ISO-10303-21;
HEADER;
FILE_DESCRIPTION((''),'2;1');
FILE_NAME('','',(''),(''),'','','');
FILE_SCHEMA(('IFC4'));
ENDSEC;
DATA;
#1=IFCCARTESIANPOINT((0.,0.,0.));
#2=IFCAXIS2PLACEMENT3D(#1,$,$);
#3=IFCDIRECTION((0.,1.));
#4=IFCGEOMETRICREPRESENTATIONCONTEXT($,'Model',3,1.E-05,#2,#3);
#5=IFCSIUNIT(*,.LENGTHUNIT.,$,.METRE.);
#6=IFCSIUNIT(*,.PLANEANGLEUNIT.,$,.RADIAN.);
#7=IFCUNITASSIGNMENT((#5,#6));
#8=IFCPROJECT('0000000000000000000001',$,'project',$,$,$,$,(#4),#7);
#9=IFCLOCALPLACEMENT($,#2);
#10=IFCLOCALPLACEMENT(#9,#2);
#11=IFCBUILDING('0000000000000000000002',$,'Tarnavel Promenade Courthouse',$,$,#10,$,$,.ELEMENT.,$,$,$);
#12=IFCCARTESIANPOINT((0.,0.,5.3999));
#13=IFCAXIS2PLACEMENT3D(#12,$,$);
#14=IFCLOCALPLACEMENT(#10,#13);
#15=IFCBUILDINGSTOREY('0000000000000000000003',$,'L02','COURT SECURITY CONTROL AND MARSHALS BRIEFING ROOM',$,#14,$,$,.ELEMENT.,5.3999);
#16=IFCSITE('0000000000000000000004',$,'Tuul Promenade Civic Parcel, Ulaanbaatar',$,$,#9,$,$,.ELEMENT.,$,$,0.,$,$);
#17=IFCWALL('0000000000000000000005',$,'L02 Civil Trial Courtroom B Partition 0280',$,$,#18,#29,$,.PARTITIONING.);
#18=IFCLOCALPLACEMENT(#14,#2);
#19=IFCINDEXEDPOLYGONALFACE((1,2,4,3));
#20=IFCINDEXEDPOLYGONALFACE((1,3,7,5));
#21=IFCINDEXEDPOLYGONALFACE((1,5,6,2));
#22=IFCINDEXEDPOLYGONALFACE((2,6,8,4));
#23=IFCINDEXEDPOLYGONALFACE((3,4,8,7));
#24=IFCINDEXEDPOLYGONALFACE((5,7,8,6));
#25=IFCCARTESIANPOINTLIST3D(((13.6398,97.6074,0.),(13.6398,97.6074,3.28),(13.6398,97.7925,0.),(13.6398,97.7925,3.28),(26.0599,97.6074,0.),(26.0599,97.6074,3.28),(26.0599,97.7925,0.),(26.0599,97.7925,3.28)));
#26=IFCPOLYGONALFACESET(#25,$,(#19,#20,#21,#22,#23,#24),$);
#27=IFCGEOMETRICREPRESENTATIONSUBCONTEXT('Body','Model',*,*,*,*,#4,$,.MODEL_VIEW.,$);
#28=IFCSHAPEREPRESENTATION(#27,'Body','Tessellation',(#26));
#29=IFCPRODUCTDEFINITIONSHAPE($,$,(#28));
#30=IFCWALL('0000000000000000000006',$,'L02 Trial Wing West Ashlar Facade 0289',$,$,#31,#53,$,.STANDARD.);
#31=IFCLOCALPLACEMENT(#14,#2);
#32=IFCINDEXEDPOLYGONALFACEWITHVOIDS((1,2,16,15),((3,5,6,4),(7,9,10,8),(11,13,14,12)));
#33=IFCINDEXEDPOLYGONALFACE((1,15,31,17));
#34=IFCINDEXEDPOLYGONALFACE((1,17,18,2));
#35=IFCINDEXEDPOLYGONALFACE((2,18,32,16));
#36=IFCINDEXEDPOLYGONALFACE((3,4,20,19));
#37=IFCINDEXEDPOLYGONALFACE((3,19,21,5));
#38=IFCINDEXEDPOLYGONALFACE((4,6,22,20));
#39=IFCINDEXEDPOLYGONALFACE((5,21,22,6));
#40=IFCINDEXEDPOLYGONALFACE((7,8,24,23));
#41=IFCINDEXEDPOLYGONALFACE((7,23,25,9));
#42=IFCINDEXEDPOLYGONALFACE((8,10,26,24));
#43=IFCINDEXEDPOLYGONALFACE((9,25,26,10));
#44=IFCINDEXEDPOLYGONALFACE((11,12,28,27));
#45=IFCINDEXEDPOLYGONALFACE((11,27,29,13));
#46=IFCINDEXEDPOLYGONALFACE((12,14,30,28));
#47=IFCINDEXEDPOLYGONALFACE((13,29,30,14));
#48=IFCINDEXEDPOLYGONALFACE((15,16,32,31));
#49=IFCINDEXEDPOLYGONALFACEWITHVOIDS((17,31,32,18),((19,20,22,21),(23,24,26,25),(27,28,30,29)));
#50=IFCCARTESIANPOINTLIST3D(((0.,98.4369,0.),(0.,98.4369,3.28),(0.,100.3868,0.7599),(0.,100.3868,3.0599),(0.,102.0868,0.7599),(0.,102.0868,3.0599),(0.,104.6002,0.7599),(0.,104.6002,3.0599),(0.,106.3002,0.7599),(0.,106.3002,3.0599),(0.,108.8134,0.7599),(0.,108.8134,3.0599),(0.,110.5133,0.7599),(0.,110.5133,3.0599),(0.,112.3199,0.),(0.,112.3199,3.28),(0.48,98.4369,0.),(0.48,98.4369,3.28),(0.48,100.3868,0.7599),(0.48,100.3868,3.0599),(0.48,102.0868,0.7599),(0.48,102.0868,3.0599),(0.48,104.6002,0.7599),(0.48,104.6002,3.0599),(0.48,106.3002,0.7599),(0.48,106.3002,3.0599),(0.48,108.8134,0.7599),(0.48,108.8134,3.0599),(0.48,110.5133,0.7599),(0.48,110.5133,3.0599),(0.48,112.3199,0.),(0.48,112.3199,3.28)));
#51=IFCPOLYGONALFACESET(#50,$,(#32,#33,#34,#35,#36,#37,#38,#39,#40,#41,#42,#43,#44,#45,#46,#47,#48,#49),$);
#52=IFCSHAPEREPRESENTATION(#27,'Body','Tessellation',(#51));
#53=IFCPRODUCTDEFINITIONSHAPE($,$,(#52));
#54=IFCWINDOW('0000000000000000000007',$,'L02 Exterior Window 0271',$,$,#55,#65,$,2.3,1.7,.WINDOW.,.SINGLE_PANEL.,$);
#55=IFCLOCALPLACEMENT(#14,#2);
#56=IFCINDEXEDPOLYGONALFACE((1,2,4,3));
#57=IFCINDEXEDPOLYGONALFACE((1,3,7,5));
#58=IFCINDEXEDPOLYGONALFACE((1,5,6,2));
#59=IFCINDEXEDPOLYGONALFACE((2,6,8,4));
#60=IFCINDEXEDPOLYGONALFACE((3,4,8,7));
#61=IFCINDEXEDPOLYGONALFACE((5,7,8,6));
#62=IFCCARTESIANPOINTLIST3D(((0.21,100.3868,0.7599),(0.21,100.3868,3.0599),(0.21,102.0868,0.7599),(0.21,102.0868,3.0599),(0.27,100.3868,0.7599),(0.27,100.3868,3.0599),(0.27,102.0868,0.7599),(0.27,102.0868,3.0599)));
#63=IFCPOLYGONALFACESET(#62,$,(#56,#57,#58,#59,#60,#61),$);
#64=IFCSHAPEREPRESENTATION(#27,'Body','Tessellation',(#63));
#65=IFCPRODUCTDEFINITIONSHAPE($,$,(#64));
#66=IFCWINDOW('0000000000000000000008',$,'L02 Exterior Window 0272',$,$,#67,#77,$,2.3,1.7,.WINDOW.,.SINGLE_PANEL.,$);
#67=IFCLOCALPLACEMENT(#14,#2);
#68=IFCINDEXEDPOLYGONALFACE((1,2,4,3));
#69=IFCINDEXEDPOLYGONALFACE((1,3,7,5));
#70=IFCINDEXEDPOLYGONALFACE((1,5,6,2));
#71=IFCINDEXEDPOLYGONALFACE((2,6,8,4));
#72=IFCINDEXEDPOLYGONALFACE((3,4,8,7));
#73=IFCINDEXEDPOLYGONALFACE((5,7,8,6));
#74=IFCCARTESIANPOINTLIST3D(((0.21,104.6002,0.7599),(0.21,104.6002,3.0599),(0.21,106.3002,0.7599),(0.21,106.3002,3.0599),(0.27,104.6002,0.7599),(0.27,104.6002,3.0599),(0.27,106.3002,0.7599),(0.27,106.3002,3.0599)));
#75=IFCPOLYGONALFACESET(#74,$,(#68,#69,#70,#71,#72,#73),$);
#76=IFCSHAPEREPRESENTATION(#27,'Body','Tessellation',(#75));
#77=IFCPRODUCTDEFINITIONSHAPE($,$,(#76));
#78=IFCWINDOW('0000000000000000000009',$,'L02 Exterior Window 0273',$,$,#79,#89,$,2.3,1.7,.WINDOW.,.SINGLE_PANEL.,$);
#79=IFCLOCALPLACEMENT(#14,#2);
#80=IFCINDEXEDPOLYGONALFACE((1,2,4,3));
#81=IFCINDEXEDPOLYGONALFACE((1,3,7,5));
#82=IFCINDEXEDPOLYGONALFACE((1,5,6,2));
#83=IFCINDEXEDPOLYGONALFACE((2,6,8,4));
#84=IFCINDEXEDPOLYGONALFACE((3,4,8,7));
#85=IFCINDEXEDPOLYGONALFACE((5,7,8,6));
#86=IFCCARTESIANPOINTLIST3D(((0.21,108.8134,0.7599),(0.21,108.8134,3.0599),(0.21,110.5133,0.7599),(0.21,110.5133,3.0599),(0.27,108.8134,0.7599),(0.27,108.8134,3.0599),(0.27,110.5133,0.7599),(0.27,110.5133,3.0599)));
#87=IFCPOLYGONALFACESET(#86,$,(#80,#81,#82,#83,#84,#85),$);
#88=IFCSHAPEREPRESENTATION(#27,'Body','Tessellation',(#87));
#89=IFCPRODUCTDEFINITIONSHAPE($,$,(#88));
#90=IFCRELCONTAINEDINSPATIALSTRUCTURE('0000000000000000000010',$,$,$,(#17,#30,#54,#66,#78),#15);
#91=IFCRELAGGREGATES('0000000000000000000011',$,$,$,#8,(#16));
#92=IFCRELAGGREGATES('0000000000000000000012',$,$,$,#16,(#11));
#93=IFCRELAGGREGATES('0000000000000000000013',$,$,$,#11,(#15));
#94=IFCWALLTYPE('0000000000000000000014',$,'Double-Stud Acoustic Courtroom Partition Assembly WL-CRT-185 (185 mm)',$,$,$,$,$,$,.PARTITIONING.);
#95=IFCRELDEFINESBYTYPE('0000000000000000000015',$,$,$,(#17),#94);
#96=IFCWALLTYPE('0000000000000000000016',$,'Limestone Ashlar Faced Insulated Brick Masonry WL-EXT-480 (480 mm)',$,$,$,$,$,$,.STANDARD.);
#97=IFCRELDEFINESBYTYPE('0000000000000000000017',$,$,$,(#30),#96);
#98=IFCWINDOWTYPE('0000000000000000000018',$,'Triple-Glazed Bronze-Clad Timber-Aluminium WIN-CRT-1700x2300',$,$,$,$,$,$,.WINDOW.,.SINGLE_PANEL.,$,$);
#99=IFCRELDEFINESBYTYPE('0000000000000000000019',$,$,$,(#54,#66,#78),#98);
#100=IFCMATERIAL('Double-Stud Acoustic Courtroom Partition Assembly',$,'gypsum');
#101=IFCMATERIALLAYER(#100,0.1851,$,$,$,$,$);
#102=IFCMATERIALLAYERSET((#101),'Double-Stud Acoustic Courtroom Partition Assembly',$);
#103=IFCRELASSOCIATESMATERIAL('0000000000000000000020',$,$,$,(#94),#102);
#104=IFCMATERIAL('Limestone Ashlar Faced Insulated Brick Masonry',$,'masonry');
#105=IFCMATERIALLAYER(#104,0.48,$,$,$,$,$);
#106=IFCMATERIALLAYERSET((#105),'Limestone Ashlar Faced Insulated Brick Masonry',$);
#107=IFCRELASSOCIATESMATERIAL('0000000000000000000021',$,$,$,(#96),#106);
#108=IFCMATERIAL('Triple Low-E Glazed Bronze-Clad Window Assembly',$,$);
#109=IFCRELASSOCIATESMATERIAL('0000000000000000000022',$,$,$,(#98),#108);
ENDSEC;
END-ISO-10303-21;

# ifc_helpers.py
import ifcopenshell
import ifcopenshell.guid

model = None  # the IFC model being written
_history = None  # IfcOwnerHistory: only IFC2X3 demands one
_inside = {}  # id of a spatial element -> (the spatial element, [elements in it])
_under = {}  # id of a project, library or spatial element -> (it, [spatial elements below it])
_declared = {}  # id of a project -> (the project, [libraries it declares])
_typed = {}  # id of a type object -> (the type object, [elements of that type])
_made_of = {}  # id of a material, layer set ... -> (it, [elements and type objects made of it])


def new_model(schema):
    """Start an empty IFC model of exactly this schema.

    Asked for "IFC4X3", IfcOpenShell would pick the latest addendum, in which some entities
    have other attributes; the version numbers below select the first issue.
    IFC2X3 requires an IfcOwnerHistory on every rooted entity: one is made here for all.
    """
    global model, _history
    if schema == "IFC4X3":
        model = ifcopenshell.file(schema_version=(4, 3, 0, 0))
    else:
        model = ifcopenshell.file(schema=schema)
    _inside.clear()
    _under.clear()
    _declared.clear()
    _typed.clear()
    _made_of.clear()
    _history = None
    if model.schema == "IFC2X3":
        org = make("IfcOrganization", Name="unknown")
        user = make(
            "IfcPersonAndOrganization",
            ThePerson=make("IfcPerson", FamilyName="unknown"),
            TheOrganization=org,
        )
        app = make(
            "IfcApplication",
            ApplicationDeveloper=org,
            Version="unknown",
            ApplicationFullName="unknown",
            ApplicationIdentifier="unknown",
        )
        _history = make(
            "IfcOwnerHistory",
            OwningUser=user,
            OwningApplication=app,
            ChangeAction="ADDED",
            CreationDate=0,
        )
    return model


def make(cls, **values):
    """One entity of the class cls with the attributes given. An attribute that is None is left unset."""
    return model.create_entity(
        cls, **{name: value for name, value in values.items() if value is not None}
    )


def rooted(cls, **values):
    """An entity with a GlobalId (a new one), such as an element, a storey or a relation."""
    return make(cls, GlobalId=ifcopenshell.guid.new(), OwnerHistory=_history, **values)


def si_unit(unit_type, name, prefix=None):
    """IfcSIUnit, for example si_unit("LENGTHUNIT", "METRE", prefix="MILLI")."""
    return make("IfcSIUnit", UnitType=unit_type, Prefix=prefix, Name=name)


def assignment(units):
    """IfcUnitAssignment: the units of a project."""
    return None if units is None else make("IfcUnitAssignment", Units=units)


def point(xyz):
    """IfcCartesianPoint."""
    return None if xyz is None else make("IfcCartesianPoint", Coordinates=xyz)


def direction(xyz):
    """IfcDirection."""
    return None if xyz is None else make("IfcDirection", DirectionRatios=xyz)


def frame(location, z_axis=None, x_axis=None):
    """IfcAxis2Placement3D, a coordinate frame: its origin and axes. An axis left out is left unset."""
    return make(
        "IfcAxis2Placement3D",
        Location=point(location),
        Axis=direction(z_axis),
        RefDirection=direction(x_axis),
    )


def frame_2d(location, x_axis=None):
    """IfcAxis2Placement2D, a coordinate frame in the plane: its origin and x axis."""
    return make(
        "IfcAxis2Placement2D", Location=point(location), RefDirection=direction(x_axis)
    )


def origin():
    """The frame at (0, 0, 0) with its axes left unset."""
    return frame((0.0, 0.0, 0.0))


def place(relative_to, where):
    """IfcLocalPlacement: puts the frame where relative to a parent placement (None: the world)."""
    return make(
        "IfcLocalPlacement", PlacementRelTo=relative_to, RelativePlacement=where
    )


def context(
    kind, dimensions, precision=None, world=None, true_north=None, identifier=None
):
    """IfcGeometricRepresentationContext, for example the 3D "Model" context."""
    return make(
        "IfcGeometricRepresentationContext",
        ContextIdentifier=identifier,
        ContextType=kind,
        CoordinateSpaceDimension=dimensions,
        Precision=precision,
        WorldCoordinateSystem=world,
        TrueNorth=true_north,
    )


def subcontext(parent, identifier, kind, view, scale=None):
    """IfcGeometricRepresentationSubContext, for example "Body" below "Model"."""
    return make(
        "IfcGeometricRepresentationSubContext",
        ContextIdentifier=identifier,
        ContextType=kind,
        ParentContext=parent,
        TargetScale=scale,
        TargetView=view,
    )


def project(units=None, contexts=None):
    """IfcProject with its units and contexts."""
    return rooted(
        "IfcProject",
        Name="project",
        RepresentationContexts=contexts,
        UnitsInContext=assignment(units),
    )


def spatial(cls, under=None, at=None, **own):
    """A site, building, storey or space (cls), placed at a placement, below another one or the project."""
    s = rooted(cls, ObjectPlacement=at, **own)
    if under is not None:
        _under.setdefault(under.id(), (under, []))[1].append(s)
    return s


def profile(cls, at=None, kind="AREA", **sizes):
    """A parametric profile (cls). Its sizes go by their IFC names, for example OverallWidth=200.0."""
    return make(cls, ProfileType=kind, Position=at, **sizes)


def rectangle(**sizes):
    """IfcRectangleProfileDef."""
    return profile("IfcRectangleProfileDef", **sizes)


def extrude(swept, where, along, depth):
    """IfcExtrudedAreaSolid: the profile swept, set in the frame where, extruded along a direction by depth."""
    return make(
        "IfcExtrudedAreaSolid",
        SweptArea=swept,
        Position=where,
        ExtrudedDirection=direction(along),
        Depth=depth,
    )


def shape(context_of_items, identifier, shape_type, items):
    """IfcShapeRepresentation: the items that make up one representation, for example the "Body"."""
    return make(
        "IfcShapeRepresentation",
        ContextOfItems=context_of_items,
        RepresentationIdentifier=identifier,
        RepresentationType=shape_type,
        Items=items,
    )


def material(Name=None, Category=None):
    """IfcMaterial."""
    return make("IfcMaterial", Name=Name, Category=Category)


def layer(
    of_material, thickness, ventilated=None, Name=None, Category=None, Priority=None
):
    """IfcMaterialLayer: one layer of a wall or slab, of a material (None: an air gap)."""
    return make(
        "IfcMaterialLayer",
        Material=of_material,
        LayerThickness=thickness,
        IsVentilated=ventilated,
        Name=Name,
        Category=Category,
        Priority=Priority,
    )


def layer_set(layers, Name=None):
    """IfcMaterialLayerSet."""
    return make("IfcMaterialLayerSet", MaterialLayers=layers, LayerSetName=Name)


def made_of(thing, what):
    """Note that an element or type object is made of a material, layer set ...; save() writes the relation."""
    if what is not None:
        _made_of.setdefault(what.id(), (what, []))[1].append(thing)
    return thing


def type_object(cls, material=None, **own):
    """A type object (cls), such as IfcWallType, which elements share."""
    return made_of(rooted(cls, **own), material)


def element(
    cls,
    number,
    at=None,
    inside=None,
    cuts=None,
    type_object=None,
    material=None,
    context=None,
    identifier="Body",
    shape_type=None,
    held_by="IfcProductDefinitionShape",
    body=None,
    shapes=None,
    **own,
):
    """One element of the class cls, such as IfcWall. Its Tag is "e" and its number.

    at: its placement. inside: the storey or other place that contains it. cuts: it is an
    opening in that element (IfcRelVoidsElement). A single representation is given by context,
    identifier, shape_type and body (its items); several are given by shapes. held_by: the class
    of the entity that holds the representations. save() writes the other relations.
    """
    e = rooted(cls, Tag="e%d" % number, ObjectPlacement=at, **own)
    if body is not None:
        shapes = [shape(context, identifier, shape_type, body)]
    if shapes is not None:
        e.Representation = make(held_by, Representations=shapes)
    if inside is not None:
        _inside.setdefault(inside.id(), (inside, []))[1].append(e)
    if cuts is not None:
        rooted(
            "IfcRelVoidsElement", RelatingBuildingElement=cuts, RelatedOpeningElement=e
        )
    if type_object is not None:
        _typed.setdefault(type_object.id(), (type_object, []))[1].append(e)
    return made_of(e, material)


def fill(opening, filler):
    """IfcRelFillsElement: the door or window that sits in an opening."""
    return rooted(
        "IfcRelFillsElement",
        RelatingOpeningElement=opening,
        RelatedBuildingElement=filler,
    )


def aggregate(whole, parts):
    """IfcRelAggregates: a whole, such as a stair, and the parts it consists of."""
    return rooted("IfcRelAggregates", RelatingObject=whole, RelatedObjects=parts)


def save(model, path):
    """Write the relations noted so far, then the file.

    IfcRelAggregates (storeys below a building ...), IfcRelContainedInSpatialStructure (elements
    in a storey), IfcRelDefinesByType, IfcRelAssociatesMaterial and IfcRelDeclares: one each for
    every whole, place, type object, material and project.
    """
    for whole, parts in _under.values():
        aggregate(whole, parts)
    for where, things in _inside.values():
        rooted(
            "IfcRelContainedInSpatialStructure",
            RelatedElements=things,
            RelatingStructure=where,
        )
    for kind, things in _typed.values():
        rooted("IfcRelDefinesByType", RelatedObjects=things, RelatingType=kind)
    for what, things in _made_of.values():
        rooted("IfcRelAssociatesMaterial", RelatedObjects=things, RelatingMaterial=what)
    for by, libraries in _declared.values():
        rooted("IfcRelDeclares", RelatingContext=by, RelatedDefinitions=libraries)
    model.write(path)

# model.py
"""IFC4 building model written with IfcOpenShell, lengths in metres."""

from ifc_helpers import new_model, si_unit, direction, frame, frame_2d, origin, place, context, subcontext, project, spatial, rectangle, extrude, material, layer, layer_set, type_object, element, fill, save


model = new_model("IFC4")

# Units and contexts
model_context = context("Model", 3, precision=1e-05, world=origin(), true_north=direction((0.0, 1.0)))
body_context = subcontext(model_context, "Body", "Model", "MODEL_VIEW")
ifc_project = project(units=[si_unit("LENGTHUNIT", "METRE"), si_unit("PLANEANGLEUNIT", "RADIAN")], contexts=[model_context])

# Site, building, storey
site_placement = place(None, origin())
site = spatial("IfcSite", under=ifc_project, at=site_placement, Name="Tuul Promenade Civic Parcel, Ulaanbaatar", CompositionType="ELEMENT", RefElevation=0.0)
building_placement = place(site_placement, origin())
building = spatial("IfcBuilding", under=site, at=building_placement, Name="Tarnavel Promenade Courthouse", CompositionType="ELEMENT")
storey_placement = place(building_placement, frame((0.0, 0.0, 5.3999)))
storey = spatial("IfcBuildingStorey", under=building, at=storey_placement, Name="L02", Description="COURT SECURITY CONTROL AND MARSHALS BRIEFING ROOM", CompositionType="ELEMENT", Elevation=5.3999)

# Wall
ifc_material_1 = material(Name="Double-Stud Acoustic Courtroom Partition Assembly", Category="gypsum")
ifc_layer_1 = layer(ifc_material_1, 0.1851)
ifc_layer_set_1 = layer_set([ifc_layer_1], Name="Double-Stud Acoustic Courtroom Partition Assembly")
wall_type_1 = type_object("IfcWallType", Name="Double-Stud Acoustic Courtroom Partition Assembly WL-CRT-185 (185 mm)", PredefinedType="PARTITIONING", material=ifc_layer_set_1)
wall_1_placement = place(storey_placement, frame((13.6399, 97.7, 0.0), z_axis=(0.0, 0.0, 1.0), x_axis=(1.0, 0.0, 0.0)))
element("IfcWall", 1, at=wall_1_placement, inside=storey, type_object=wall_type_1, Name="L02 Civil Trial Courtroom B Partition 0280", PredefinedType="PARTITIONING", context=body_context, shape_type="SweptSolid", body=[
    extrude(rectangle(XDim=12.4202, YDim=0.1851, at=frame_2d((6.21, 0.0))), origin(), (0.0, 0.0, 1.0), 3.28),
])

# Wall, openings, windows
ifc_material_2 = material(Name="Limestone Ashlar Faced Insulated Brick Masonry", Category="masonry")
ifc_layer_2 = layer(ifc_material_2, 0.48)
ifc_layer_set_2 = layer_set([ifc_layer_2], Name="Limestone Ashlar Faced Insulated Brick Masonry")
wall_type_2 = type_object("IfcWallType", Name="Limestone Ashlar Faced Insulated Brick Masonry WL-EXT-480 (480 mm)", PredefinedType="STANDARD", material=ifc_layer_set_2)
wall_2_placement = place(storey_placement, frame((0.24, 98.437, 0.0), z_axis=(0.0, 0.0, 1.0), x_axis=(0.0, 1.0, 0.0)))
wall_2 = element("IfcWall", 2, at=wall_2_placement, inside=storey, type_object=wall_type_2, Name="L02 Trial Wing West Ashlar Facade 0289", PredefinedType="STANDARD", context=body_context, shape_type="SweptSolid", body=[
    extrude(rectangle(XDim=13.8831, YDim=0.48, at=frame_2d((6.9414, 0.0))), origin(), (0.0, 0.0, 1.0), 3.28),
])
opening_1_placement = place(wall_2_placement, frame((1.9497, 0.0, 0.76)))
opening_1 = element("IfcOpeningElement", 3, at=opening_1_placement, cuts=wall_2, PredefinedType="OPENING", context=body_context, shape_type="SweptSolid", body=[
    extrude(rectangle(XDim=1.7, YDim=2.3, at=frame_2d((0.8501, 1.1499))), frame((0.0, 0.25, 0.0), z_axis=(0.0, -1.0, 0.0), x_axis=(1.0, 0.0, 0.0)), (0.0, 0.0, 1.0), 0.5),
])
opening_2_placement = place(wall_2_placement, frame((6.1631, 0.0, 0.76)))
opening_2 = element("IfcOpeningElement", 4, at=opening_2_placement, cuts=wall_2, PredefinedType="OPENING", context=body_context, shape_type="SweptSolid", body=[
    extrude(rectangle(XDim=1.7, YDim=2.3, at=frame_2d((0.8501, 1.1499))), frame((0.0, 0.25, 0.0), z_axis=(0.0, -1.0, 0.0), x_axis=(1.0, 0.0, 0.0)), (0.0, 0.0, 1.0), 0.5),
])
opening_3_placement = place(wall_2_placement, frame((10.3762, 0.0, 0.76)))
opening_3 = element("IfcOpeningElement", 5, at=opening_3_placement, cuts=wall_2, PredefinedType="OPENING", context=body_context, shape_type="SweptSolid", body=[
    extrude(rectangle(XDim=1.7, YDim=2.3, at=frame_2d((0.8501, 1.1499))), frame((0.0, 0.25, 0.0), z_axis=(0.0, -1.0, 0.0), x_axis=(1.0, 0.0, 0.0)), (0.0, 0.0, 1.0), 0.5),
])
ifc_material_3 = material(Name="Triple Low-E Glazed Bronze-Clad Window Assembly")
window_type = type_object("IfcWindowType", Name="Triple-Glazed Bronze-Clad Timber-Aluminium WIN-CRT-1700x2300", PartitioningType="SINGLE_PANEL", PredefinedType="WINDOW", material=ifc_material_3)
window_1_placement = place(opening_1_placement, origin())
window_1 = element("IfcWindow", 6, at=window_1_placement, inside=storey, type_object=window_type, Name="L02 Exterior Window 0271", OverallHeight=2.3, OverallWidth=1.7, PartitioningType="SINGLE_PANEL", PredefinedType="WINDOW", context=body_context, shape_type="SweptSolid", body=[
    extrude(rectangle(XDim=1.7, YDim=2.3, at=frame_2d((0.8501, 1.1499))), frame((0.0, 0.03, 0.0), z_axis=(0.0, -1.0, 0.0), x_axis=(1.0, 0.0, 0.0)), (0.0, 0.0, 1.0), 0.0601),
])
fill(opening_1, window_1)
window_2_placement = place(opening_2_placement, origin())
window_2 = element("IfcWindow", 7, at=window_2_placement, inside=storey, type_object=window_type, Name="L02 Exterior Window 0272", OverallHeight=2.3, OverallWidth=1.7, PartitioningType="SINGLE_PANEL", PredefinedType="WINDOW", context=body_context, shape_type="SweptSolid", body=[
    extrude(rectangle(XDim=1.7, YDim=2.3, at=frame_2d((0.8501, 1.1499))), frame((0.0, 0.03, 0.0), z_axis=(0.0, -1.0, 0.0), x_axis=(1.0, 0.0, 0.0)), (0.0, 0.0, 1.0), 0.0601),
])
fill(opening_2, window_2)
window_3_placement = place(opening_3_placement, origin())
window_3 = element("IfcWindow", 8, at=window_3_placement, inside=storey, type_object=window_type, Name="L02 Exterior Window 0273", OverallHeight=2.3, OverallWidth=1.7, PartitioningType="SINGLE_PANEL", PredefinedType="WINDOW", context=body_context, shape_type="SweptSolid", body=[
    extrude(rectangle(XDim=1.7, YDim=2.3, at=frame_2d((0.8501, 1.1499))), frame((0.0, 0.03, 0.0), z_axis=(0.0, -1.0, 0.0), x_axis=(1.0, 0.0, 0.0)), (0.0, 0.0, 1.0), 0.0601),
])
fill(opening_3, window_3)

save(model, "model.ifc")
